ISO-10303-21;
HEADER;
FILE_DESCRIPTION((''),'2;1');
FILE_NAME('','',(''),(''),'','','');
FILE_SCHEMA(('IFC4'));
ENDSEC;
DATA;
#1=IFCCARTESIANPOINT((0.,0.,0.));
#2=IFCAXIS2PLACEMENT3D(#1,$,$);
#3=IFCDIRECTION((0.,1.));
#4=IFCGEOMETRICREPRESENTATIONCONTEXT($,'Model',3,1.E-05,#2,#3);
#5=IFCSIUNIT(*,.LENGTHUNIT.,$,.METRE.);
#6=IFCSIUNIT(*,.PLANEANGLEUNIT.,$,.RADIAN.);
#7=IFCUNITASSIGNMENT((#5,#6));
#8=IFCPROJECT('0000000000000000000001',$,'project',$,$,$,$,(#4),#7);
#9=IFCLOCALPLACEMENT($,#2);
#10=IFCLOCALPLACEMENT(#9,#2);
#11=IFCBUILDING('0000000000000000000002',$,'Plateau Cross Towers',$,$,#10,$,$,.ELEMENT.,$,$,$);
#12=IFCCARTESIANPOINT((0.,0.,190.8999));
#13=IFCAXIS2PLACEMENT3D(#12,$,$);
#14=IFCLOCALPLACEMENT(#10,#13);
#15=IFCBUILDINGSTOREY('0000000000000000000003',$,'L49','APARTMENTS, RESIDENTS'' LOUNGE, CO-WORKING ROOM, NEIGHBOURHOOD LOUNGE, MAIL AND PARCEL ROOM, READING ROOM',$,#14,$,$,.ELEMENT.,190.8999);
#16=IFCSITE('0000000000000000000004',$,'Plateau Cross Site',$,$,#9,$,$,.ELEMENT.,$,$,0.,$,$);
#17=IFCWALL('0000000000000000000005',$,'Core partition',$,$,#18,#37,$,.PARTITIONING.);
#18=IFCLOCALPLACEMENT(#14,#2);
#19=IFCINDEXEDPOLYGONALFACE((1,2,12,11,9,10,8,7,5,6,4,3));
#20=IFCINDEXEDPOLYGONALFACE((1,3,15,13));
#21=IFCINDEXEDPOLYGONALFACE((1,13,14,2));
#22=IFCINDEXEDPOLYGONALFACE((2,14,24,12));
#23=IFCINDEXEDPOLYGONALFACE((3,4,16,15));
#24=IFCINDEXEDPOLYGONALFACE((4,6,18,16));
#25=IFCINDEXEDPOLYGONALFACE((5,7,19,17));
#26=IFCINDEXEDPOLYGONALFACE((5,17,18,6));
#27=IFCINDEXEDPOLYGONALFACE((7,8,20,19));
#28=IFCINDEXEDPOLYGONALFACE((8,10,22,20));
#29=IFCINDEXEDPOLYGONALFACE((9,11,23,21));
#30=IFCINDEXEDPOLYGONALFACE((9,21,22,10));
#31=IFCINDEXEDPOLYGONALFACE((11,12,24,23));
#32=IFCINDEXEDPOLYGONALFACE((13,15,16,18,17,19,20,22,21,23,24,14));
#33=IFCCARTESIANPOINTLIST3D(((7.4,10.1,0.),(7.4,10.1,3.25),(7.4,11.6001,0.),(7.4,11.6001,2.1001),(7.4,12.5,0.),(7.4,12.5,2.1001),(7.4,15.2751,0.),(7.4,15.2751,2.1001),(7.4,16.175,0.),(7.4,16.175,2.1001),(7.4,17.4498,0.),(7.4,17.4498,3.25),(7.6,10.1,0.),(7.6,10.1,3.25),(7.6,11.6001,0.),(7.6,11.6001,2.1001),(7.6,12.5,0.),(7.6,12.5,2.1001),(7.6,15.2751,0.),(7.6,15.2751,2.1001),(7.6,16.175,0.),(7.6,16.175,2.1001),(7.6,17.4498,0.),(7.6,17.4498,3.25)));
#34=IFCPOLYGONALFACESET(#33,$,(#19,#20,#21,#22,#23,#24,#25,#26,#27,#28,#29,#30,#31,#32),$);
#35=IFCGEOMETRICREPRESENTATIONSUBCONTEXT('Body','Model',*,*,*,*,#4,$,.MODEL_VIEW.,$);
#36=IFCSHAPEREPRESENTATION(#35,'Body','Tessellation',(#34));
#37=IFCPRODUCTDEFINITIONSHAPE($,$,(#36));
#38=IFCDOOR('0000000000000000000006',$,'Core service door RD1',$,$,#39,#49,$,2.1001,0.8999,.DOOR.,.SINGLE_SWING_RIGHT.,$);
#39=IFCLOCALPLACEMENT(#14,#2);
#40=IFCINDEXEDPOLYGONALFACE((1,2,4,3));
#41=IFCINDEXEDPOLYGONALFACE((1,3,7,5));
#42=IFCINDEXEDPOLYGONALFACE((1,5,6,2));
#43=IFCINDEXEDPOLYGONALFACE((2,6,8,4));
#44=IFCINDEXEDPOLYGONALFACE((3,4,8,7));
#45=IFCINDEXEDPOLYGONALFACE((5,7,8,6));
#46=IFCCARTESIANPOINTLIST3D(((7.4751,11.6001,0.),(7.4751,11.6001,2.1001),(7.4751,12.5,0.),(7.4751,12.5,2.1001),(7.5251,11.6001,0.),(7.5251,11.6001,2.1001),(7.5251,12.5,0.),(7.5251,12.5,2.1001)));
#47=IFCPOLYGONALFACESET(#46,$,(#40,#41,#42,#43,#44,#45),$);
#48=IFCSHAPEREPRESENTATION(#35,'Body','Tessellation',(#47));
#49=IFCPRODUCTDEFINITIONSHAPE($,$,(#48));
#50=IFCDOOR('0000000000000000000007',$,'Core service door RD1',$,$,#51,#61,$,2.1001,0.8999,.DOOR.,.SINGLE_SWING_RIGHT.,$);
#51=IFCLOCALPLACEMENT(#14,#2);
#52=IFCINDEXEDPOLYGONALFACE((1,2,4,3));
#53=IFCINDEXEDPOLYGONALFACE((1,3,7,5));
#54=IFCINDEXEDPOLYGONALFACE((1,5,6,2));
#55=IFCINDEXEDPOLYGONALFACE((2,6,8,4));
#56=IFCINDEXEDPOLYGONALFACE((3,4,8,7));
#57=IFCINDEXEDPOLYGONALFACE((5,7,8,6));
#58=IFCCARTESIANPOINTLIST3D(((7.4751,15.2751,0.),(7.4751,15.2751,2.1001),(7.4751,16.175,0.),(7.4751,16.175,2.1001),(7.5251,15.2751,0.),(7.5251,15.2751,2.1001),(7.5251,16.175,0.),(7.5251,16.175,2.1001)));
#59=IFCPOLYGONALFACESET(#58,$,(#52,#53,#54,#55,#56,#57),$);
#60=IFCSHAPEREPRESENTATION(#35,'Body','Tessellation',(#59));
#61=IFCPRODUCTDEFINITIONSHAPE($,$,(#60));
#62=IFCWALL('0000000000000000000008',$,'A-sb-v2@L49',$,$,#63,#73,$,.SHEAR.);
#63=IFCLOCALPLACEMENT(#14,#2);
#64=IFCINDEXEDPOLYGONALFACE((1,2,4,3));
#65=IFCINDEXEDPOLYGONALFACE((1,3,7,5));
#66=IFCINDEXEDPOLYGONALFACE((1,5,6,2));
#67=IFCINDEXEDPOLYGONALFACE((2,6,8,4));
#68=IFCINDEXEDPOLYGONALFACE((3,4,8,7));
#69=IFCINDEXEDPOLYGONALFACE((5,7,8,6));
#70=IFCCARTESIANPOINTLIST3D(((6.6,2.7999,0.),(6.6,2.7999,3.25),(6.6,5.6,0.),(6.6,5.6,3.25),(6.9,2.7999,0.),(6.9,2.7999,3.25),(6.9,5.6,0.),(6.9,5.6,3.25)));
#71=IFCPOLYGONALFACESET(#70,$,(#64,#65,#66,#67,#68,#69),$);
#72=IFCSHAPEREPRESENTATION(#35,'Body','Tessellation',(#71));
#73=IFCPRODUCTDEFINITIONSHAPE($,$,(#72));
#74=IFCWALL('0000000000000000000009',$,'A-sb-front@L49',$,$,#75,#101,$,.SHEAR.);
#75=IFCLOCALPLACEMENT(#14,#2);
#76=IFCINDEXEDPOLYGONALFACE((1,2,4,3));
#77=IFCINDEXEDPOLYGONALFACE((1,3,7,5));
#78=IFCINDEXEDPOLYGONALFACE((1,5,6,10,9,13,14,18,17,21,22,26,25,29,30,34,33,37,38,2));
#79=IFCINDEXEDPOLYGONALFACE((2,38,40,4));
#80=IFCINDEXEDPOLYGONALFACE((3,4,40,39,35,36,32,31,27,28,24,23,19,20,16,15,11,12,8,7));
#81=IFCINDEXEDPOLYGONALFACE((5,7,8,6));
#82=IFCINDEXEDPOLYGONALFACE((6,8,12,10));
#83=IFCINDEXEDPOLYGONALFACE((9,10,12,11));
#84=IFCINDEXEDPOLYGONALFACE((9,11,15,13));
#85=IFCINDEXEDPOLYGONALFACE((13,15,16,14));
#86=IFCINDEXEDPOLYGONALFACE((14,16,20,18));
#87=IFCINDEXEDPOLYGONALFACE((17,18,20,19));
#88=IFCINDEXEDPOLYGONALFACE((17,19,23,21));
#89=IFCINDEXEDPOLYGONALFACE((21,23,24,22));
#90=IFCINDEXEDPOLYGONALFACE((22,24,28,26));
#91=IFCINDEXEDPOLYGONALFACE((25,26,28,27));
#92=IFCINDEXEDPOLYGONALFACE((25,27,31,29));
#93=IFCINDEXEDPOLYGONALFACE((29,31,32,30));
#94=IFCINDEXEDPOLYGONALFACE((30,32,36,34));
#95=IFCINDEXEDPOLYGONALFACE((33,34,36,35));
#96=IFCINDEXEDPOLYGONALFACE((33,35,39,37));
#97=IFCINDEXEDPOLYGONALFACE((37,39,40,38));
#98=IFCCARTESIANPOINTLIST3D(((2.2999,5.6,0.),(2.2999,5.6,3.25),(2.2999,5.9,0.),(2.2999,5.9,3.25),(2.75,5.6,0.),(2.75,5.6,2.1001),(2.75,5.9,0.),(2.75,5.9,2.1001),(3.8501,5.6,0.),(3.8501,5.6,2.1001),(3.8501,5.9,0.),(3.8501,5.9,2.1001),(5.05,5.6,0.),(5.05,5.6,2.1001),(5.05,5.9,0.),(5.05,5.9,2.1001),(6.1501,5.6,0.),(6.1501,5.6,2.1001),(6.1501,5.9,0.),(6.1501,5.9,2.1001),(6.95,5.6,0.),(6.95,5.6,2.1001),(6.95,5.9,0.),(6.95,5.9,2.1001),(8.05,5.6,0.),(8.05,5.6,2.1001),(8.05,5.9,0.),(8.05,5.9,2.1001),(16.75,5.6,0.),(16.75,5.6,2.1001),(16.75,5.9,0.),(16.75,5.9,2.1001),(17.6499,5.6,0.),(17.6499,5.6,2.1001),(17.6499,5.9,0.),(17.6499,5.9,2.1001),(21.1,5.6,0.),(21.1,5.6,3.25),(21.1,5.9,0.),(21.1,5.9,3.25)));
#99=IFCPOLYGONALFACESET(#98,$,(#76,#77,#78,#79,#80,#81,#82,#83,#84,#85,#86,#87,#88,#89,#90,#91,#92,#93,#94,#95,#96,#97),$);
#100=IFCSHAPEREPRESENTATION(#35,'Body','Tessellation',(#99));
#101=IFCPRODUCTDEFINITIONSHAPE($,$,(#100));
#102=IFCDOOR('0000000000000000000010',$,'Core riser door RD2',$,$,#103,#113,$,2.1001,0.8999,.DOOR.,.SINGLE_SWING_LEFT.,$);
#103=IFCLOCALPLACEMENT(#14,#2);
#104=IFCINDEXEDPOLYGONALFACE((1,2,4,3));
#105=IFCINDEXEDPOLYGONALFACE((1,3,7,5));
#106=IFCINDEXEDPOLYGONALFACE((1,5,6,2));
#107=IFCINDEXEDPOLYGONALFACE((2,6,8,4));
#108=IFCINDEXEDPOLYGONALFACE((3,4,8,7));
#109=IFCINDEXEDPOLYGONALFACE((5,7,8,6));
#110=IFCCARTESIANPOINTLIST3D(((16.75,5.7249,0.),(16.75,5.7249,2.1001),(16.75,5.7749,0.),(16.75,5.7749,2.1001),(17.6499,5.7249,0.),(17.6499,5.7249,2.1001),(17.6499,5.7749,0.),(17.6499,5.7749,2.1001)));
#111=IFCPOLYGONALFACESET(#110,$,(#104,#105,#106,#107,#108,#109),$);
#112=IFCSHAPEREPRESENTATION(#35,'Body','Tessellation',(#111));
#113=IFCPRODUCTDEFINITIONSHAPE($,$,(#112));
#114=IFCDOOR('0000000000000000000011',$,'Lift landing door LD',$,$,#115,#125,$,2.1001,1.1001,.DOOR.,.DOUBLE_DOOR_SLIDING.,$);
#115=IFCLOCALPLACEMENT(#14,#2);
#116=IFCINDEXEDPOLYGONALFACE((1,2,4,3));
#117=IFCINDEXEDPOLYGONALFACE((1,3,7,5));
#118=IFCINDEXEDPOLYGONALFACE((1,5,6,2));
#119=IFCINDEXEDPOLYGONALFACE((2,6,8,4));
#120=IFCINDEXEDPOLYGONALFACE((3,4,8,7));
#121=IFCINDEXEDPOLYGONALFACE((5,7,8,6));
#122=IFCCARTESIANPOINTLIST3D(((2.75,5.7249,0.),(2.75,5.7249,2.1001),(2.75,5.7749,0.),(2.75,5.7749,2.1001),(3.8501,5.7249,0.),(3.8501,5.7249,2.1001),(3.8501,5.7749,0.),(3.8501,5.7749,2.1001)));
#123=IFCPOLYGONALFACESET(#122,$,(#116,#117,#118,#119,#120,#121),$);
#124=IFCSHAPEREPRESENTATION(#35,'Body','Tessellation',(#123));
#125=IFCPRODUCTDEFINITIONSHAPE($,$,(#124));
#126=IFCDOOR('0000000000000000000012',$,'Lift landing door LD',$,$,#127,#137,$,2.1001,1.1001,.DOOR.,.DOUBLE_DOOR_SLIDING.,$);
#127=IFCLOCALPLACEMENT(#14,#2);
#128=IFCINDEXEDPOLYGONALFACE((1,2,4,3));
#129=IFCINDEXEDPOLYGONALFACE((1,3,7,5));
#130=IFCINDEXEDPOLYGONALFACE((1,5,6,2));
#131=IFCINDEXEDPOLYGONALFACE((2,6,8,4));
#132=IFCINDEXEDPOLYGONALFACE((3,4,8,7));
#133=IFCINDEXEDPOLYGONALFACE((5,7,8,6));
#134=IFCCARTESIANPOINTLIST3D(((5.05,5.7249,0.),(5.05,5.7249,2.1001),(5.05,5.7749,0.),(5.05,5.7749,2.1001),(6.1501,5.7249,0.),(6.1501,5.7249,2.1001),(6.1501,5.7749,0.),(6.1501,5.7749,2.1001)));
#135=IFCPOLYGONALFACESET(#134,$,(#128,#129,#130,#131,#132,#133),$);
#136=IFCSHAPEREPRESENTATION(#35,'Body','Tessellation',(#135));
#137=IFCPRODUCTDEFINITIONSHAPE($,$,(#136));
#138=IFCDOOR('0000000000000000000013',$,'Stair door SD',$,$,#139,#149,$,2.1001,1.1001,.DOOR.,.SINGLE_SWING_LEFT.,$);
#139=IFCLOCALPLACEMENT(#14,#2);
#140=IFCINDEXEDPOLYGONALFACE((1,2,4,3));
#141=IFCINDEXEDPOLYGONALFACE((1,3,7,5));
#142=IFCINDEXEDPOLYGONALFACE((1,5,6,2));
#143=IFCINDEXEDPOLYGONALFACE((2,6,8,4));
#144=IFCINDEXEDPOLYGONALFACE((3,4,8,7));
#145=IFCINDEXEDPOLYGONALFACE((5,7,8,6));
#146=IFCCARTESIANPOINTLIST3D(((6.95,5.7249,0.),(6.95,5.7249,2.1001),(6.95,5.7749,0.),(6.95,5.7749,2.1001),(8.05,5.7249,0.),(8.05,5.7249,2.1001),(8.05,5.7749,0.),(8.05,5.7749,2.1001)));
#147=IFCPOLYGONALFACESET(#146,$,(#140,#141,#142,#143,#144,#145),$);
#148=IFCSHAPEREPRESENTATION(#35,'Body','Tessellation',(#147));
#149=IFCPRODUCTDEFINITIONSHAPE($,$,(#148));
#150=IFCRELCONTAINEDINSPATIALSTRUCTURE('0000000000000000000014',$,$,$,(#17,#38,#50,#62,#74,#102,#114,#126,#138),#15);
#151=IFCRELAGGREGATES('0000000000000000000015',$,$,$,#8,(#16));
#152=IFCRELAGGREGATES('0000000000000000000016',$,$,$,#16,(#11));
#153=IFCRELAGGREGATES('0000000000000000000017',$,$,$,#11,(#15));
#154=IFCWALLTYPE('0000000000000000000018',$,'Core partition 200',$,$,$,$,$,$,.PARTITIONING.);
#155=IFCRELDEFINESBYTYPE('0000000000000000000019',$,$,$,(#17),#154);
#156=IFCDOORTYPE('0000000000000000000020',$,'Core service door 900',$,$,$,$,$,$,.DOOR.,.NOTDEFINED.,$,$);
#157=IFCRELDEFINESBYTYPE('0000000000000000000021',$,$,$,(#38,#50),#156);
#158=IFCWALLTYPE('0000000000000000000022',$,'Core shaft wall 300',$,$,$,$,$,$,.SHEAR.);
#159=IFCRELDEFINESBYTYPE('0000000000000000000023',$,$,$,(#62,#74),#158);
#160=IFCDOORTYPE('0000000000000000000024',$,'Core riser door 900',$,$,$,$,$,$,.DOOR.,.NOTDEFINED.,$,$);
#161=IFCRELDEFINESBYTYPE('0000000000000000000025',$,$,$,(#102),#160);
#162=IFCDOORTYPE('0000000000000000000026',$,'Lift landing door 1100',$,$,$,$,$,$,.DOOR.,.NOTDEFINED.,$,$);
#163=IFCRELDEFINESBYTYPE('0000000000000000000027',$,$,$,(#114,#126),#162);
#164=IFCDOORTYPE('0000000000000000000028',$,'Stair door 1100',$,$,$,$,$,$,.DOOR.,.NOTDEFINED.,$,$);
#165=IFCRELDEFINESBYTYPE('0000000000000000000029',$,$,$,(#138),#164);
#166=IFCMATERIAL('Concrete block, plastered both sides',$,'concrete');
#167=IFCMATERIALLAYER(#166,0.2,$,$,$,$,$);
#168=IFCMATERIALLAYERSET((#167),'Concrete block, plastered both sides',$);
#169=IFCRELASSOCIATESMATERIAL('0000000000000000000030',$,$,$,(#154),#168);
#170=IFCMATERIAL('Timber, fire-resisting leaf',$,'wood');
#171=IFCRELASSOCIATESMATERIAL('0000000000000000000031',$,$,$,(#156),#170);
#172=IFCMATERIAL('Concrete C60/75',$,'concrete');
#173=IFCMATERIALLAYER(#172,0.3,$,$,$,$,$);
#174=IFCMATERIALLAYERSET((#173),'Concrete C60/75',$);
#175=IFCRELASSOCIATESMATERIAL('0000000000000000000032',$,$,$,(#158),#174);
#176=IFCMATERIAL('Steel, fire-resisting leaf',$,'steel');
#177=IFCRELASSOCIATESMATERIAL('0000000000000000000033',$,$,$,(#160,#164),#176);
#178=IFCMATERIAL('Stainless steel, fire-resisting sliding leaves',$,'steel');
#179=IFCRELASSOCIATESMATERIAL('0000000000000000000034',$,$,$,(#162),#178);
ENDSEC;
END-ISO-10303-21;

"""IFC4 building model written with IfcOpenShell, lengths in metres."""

from ifc_helpers import new_model, si_unit, direction, frame, frame_2d, origin, place, context, subcontext, project, spatial, rectangle, extrude, material, layer, layer_set, type_object, element, fill, save


model = new_model("IFC4")

# Units and contexts
model_context = context("Model", 3, precision=1e-05, world=origin(), true_north=direction((0.0, 1.0)))
body_context = subcontext(model_context, "Body", "Model", "MODEL_VIEW")
ifc_project = project(units=[si_unit("LENGTHUNIT", "METRE"), si_unit("PLANEANGLEUNIT", "RADIAN")], contexts=[model_context])

# Site, building, storey
site_placement = place(None, origin())
site = spatial("IfcSite", under=ifc_project, at=site_placement, Name="Plateau Cross Site", CompositionType="ELEMENT", RefElevation=0.0)
building_placement = place(site_placement, origin())
building = spatial("IfcBuilding", under=site, at=building_placement, Name="Plateau Cross Towers", CompositionType="ELEMENT")
storey_placement = place(building_placement, frame((0.0, 0.0, 190.8999)))
storey = spatial("IfcBuildingStorey", under=building, at=storey_placement, Name="L49", Description="APARTMENTS, RESIDENTS' LOUNGE, CO-WORKING ROOM, NEIGHBOURHOOD LOUNGE, MAIL AND PARCEL ROOM, READING ROOM", CompositionType="ELEMENT", Elevation=190.8999)

# Shared definitions
ifc_material_1 = material(Name="Concrete block, plastered both sides", Category="concrete")
ifc_layer_1 = layer(ifc_material_1, 0.2)
ifc_layer_set_1 = layer_set([ifc_layer_1], Name="Concrete block, plastered both sides")
wall_type_1 = type_object("IfcWallType", Name="Core partition 200", PredefinedType="PARTITIONING", material=ifc_layer_set_1)
ifc_material_2 = material(Name="Steel, fire-resisting leaf", Category="steel")

# Wall, openings, doors
wall_1_placement = place(storey_placement, frame((7.5, 10.1001, 0.0), z_axis=(0.0, 0.0, 1.0), x_axis=(0.0, 1.0, 0.0)))
wall_1 = element("IfcWall", 1, at=wall_1_placement, inside=storey, type_object=wall_type_1, Name="Core partition", PredefinedType="PARTITIONING", context=body_context, shape_type="SweptSolid", body=[
    extrude(rectangle(XDim=7.3499, YDim=0.2, at=frame_2d((3.6748, 0.0))), origin(), (0.0, 0.0, 1.0), 3.25),
])
opening_1_placement = place(wall_1_placement, frame((1.5, 0.0, 0.0)))
opening_1 = element("IfcOpeningElement", 2, at=opening_1_placement, cuts=wall_1, PredefinedType="OPENING", context=body_context, shape_type="SweptSolid", body=[
    extrude(rectangle(XDim=0.8999, YDim=2.1001, at=frame_2d((0.45, 1.05))), frame((0.0, 0.1099, 0.0), z_axis=(0.0, -1.0, 0.0), x_axis=(1.0, 0.0, 0.0)), (0.0, 0.0, 1.0), 0.22),
])
opening_2_placement = place(wall_1_placement, frame((5.175, 0.0, 0.0)))
opening_2 = element("IfcOpeningElement", 3, at=opening_2_placement, cuts=wall_1, PredefinedType="OPENING", context=body_context, shape_type="SweptSolid", body=[
    extrude(rectangle(XDim=0.8999, YDim=2.1001, at=frame_2d((0.45, 1.05))), frame((0.0, 0.1099, 0.0), z_axis=(0.0, -1.0, 0.0), x_axis=(1.0, 0.0, 0.0)), (0.0, 0.0, 1.0), 0.22),
])
ifc_material_3 = material(Name="Timber, fire-resisting leaf", Category="wood")
door_type_1 = type_object("IfcDoorType", Name="Core service door 900", OperationType="NOTDEFINED", PredefinedType="DOOR", material=ifc_material_3)
door_1_placement = place(opening_1_placement, origin())
door_1 = element("IfcDoor", 4, at=door_1_placement, inside=storey, type_object=door_type_1, Name="Core service door RD1", OperationType="SINGLE_SWING_RIGHT", OverallHeight=2.1001, OverallWidth=0.8999, PredefinedType="DOOR", context=body_context, shape_type="SweptSolid", body=[
    extrude(rectangle(XDim=0.8999, YDim=2.1001, at=frame_2d((0.45, 1.05))), frame((0.0, 0.0249, 0.0), z_axis=(0.0, -1.0, 0.0), x_axis=(1.0, 0.0, 0.0)), (0.0, 0.0, 1.0), 0.05),
])
fill(opening_1, door_1)
door_2_placement = place(opening_2_placement, origin())
door_2 = element("IfcDoor", 5, at=door_2_placement, inside=storey, type_object=door_type_1, Name="Core service door RD1", OperationType="SINGLE_SWING_RIGHT", OverallHeight=2.1001, OverallWidth=0.8999, PredefinedType="DOOR", context=body_context, shape_type="SweptSolid", body=[
    extrude(rectangle(XDim=0.8999, YDim=2.1001, at=frame_2d((0.45, 1.05))), frame((0.0, 0.0249, 0.0), z_axis=(0.0, -1.0, 0.0), x_axis=(1.0, 0.0, 0.0)), (0.0, 0.0, 1.0), 0.05),
])
fill(opening_2, door_2)

# Wall
ifc_material_4 = material(Name="Concrete C60/75", Category="concrete")
ifc_layer_2 = layer(ifc_material_4, 0.3)
ifc_layer_set_2 = layer_set([ifc_layer_2], Name="Concrete C60/75")
wall_type_2 = type_object("IfcWallType", Name="Core shaft wall 300", PredefinedType="SHEAR", material=ifc_layer_set_2)
wall_2_placement = place(storey_placement, frame((6.75, 2.8, 0.0), z_axis=(0.0, 0.0, 1.0), x_axis=(0.0, 1.0, 0.0)))
element("IfcWall", 6, at=wall_2_placement, inside=storey, type_object=wall_type_2, Name="A-sb-v2@L49", PredefinedType="SHEAR", context=body_context, shape_type="SweptSolid", body=[
    extrude(rectangle(XDim=2.8, YDim=0.3, at=frame_2d((1.3999, 0.0))), origin(), (0.0, 0.0, 1.0), 3.25),
])

# Wall, openings, doors
wall_3_placement = place(storey_placement, frame((2.3, 5.75, 0.0), z_axis=(0.0, 0.0, 1.0), x_axis=(1.0, 0.0, 0.0)))
wall_3 = element("IfcWall", 7, at=wall_3_placement, inside=storey, type_object=wall_type_2, Name="A-sb-front@L49", PredefinedType="SHEAR", context=body_context, shape_type="SweptSolid", body=[
    extrude(rectangle(XDim=18.8, YDim=0.3, at=frame_2d((9.3999, 0.0))), origin(), (0.0, 0.0, 1.0), 3.25),
])
opening_3_placement = place(wall_3_placement, frame((4.6499, 0.0, 0.0)))
opening_3 = element("IfcOpeningElement", 8, at=opening_3_placement, cuts=wall_3, PredefinedType="OPENING", context=body_context, shape_type="SweptSolid", body=[
    extrude(rectangle(XDim=1.1001, YDim=2.1001, at=frame_2d((0.55, 1.05))), frame((0.0, 0.1599, 0.0), z_axis=(0.0, -1.0, 0.0), x_axis=(1.0, 0.0, 0.0)), (0.0, 0.0, 1.0), 0.3201),
])
opening_4_placement = place(wall_3_placement, frame((0.45, 0.0, 0.0)))
opening_4 = element("IfcOpeningElement", 9, at=opening_4_placement, cuts=wall_3, PredefinedType="OPENING", context=body_context, shape_type="SweptSolid", body=[
    extrude(rectangle(XDim=1.1001, YDim=2.1001, at=frame_2d((0.55, 1.05))), frame((0.0, 0.1599, 0.0), z_axis=(0.0, -1.0, 0.0), x_axis=(1.0, 0.0, 0.0)), (0.0, 0.0, 1.0), 0.3201),
])
opening_5_placement = place(wall_3_placement, frame((2.75, 0.0, 0.0)))
opening_5 = element("IfcOpeningElement", 10, at=opening_5_placement, cuts=wall_3, PredefinedType="OPENING", context=body_context, shape_type="SweptSolid", body=[
    extrude(rectangle(XDim=1.1001, YDim=2.1001, at=frame_2d((0.55, 1.05))), frame((0.0, 0.1599, 0.0), z_axis=(0.0, -1.0, 0.0), x_axis=(1.0, 0.0, 0.0)), (0.0, 0.0, 1.0), 0.3201),
])
opening_6_placement = place(wall_3_placement, frame((14.45, 0.0, 0.0)))
opening_6 = element("IfcOpeningElement", 11, at=opening_6_placement, cuts=wall_3, PredefinedType="OPENING", context=body_context, shape_type="SweptSolid", body=[
    extrude(rectangle(XDim=0.8999, YDim=2.1001, at=frame_2d((0.45, 1.05))), frame((0.0, 0.1599, 0.0), z_axis=(0.0, -1.0, 0.0), x_axis=(1.0, 0.0, 0.0)), (0.0, 0.0, 1.0), 0.3201),
])
door_type_2 = type_object("IfcDoorType", Name="Core riser door 900", OperationType="NOTDEFINED", PredefinedType="DOOR", material=ifc_material_2)
door_3_placement = place(opening_6_placement, origin())
door_3 = element("IfcDoor", 12, at=door_3_placement, inside=storey, type_object=door_type_2, Name="Core riser door RD2", OperationType="SINGLE_SWING_LEFT", OverallHeight=2.1001, OverallWidth=0.8999, PredefinedType="DOOR", context=body_context, shape_type="SweptSolid", body=[
    extrude(rectangle(XDim=0.8999, YDim=2.1001, at=frame_2d((0.45, 1.05))), frame((0.0, 0.0249, 0.0), z_axis=(0.0, -1.0, 0.0), x_axis=(1.0, 0.0, 0.0)), (0.0, 0.0, 1.0), 0.05),
])
fill(opening_6, door_3)
ifc_material_5 = material(Name="Stainless steel, fire-resisting sliding leaves", Category="steel")
door_type_3 = type_object("IfcDoorType", Name="Lift landing door 1100", OperationType="NOTDEFINED", PredefinedType="DOOR", material=ifc_material_5)
door_4_placement = place(opening_4_placement, origin())
door_4 = element("IfcDoor", 13, at=door_4_placement, inside=storey, type_object=door_type_3, Name="Lift landing door LD", OperationType="DOUBLE_DOOR_SLIDING", OverallHeight=2.1001, OverallWidth=1.1001, PredefinedType="DOOR", context=body_context, shape_type="SweptSolid", body=[
    extrude(rectangle(XDim=1.1001, YDim=2.1001, at=frame_2d((0.55, 1.05))), frame((0.0, 0.0249, 0.0), z_axis=(0.0, -1.0, 0.0), x_axis=(1.0, 0.0, 0.0)), (0.0, 0.0, 1.0), 0.05),
])
fill(opening_4, door_4)
door_5_placement = place(opening_5_placement, origin())
door_5 = element("IfcDoor", 14, at=door_5_placement, inside=storey, type_object=door_type_3, Name="Lift landing door LD", OperationType="DOUBLE_DOOR_SLIDING", OverallHeight=2.1001, OverallWidth=1.1001, PredefinedType="DOOR", context=body_context, shape_type="SweptSolid", body=[
    extrude(rectangle(XDim=1.1001, YDim=2.1001, at=frame_2d((0.55, 1.05))), frame((0.0, 0.0249, 0.0), z_axis=(0.0, -1.0, 0.0), x_axis=(1.0, 0.0, 0.0)), (0.0, 0.0, 1.0), 0.05),
])
fill(opening_5, door_5)
door_type_4 = type_object("IfcDoorType", Name="Stair door 1100", OperationType="NOTDEFINED", PredefinedType="DOOR", material=ifc_material_2)
door_6_placement = place(opening_3_placement, origin())
door_6 = element("IfcDoor", 15, at=door_6_placement, inside=storey, type_object=door_type_4, Name="Stair door SD", OperationType="SINGLE_SWING_LEFT", OverallHeight=2.1001, OverallWidth=1.1001, PredefinedType="DOOR", context=body_context, shape_type="SweptSolid", body=[
    extrude(rectangle(XDim=1.1001, YDim=2.1001, at=frame_2d((0.55, 1.05))), frame((0.0, 0.0249, 0.0), z_axis=(0.0, -1.0, 0.0), x_axis=(1.0, 0.0, 0.0)), (0.0, 0.0, 1.0), 0.05),
])
fill(opening_3, door_6)

save(model, "model.ifc")
